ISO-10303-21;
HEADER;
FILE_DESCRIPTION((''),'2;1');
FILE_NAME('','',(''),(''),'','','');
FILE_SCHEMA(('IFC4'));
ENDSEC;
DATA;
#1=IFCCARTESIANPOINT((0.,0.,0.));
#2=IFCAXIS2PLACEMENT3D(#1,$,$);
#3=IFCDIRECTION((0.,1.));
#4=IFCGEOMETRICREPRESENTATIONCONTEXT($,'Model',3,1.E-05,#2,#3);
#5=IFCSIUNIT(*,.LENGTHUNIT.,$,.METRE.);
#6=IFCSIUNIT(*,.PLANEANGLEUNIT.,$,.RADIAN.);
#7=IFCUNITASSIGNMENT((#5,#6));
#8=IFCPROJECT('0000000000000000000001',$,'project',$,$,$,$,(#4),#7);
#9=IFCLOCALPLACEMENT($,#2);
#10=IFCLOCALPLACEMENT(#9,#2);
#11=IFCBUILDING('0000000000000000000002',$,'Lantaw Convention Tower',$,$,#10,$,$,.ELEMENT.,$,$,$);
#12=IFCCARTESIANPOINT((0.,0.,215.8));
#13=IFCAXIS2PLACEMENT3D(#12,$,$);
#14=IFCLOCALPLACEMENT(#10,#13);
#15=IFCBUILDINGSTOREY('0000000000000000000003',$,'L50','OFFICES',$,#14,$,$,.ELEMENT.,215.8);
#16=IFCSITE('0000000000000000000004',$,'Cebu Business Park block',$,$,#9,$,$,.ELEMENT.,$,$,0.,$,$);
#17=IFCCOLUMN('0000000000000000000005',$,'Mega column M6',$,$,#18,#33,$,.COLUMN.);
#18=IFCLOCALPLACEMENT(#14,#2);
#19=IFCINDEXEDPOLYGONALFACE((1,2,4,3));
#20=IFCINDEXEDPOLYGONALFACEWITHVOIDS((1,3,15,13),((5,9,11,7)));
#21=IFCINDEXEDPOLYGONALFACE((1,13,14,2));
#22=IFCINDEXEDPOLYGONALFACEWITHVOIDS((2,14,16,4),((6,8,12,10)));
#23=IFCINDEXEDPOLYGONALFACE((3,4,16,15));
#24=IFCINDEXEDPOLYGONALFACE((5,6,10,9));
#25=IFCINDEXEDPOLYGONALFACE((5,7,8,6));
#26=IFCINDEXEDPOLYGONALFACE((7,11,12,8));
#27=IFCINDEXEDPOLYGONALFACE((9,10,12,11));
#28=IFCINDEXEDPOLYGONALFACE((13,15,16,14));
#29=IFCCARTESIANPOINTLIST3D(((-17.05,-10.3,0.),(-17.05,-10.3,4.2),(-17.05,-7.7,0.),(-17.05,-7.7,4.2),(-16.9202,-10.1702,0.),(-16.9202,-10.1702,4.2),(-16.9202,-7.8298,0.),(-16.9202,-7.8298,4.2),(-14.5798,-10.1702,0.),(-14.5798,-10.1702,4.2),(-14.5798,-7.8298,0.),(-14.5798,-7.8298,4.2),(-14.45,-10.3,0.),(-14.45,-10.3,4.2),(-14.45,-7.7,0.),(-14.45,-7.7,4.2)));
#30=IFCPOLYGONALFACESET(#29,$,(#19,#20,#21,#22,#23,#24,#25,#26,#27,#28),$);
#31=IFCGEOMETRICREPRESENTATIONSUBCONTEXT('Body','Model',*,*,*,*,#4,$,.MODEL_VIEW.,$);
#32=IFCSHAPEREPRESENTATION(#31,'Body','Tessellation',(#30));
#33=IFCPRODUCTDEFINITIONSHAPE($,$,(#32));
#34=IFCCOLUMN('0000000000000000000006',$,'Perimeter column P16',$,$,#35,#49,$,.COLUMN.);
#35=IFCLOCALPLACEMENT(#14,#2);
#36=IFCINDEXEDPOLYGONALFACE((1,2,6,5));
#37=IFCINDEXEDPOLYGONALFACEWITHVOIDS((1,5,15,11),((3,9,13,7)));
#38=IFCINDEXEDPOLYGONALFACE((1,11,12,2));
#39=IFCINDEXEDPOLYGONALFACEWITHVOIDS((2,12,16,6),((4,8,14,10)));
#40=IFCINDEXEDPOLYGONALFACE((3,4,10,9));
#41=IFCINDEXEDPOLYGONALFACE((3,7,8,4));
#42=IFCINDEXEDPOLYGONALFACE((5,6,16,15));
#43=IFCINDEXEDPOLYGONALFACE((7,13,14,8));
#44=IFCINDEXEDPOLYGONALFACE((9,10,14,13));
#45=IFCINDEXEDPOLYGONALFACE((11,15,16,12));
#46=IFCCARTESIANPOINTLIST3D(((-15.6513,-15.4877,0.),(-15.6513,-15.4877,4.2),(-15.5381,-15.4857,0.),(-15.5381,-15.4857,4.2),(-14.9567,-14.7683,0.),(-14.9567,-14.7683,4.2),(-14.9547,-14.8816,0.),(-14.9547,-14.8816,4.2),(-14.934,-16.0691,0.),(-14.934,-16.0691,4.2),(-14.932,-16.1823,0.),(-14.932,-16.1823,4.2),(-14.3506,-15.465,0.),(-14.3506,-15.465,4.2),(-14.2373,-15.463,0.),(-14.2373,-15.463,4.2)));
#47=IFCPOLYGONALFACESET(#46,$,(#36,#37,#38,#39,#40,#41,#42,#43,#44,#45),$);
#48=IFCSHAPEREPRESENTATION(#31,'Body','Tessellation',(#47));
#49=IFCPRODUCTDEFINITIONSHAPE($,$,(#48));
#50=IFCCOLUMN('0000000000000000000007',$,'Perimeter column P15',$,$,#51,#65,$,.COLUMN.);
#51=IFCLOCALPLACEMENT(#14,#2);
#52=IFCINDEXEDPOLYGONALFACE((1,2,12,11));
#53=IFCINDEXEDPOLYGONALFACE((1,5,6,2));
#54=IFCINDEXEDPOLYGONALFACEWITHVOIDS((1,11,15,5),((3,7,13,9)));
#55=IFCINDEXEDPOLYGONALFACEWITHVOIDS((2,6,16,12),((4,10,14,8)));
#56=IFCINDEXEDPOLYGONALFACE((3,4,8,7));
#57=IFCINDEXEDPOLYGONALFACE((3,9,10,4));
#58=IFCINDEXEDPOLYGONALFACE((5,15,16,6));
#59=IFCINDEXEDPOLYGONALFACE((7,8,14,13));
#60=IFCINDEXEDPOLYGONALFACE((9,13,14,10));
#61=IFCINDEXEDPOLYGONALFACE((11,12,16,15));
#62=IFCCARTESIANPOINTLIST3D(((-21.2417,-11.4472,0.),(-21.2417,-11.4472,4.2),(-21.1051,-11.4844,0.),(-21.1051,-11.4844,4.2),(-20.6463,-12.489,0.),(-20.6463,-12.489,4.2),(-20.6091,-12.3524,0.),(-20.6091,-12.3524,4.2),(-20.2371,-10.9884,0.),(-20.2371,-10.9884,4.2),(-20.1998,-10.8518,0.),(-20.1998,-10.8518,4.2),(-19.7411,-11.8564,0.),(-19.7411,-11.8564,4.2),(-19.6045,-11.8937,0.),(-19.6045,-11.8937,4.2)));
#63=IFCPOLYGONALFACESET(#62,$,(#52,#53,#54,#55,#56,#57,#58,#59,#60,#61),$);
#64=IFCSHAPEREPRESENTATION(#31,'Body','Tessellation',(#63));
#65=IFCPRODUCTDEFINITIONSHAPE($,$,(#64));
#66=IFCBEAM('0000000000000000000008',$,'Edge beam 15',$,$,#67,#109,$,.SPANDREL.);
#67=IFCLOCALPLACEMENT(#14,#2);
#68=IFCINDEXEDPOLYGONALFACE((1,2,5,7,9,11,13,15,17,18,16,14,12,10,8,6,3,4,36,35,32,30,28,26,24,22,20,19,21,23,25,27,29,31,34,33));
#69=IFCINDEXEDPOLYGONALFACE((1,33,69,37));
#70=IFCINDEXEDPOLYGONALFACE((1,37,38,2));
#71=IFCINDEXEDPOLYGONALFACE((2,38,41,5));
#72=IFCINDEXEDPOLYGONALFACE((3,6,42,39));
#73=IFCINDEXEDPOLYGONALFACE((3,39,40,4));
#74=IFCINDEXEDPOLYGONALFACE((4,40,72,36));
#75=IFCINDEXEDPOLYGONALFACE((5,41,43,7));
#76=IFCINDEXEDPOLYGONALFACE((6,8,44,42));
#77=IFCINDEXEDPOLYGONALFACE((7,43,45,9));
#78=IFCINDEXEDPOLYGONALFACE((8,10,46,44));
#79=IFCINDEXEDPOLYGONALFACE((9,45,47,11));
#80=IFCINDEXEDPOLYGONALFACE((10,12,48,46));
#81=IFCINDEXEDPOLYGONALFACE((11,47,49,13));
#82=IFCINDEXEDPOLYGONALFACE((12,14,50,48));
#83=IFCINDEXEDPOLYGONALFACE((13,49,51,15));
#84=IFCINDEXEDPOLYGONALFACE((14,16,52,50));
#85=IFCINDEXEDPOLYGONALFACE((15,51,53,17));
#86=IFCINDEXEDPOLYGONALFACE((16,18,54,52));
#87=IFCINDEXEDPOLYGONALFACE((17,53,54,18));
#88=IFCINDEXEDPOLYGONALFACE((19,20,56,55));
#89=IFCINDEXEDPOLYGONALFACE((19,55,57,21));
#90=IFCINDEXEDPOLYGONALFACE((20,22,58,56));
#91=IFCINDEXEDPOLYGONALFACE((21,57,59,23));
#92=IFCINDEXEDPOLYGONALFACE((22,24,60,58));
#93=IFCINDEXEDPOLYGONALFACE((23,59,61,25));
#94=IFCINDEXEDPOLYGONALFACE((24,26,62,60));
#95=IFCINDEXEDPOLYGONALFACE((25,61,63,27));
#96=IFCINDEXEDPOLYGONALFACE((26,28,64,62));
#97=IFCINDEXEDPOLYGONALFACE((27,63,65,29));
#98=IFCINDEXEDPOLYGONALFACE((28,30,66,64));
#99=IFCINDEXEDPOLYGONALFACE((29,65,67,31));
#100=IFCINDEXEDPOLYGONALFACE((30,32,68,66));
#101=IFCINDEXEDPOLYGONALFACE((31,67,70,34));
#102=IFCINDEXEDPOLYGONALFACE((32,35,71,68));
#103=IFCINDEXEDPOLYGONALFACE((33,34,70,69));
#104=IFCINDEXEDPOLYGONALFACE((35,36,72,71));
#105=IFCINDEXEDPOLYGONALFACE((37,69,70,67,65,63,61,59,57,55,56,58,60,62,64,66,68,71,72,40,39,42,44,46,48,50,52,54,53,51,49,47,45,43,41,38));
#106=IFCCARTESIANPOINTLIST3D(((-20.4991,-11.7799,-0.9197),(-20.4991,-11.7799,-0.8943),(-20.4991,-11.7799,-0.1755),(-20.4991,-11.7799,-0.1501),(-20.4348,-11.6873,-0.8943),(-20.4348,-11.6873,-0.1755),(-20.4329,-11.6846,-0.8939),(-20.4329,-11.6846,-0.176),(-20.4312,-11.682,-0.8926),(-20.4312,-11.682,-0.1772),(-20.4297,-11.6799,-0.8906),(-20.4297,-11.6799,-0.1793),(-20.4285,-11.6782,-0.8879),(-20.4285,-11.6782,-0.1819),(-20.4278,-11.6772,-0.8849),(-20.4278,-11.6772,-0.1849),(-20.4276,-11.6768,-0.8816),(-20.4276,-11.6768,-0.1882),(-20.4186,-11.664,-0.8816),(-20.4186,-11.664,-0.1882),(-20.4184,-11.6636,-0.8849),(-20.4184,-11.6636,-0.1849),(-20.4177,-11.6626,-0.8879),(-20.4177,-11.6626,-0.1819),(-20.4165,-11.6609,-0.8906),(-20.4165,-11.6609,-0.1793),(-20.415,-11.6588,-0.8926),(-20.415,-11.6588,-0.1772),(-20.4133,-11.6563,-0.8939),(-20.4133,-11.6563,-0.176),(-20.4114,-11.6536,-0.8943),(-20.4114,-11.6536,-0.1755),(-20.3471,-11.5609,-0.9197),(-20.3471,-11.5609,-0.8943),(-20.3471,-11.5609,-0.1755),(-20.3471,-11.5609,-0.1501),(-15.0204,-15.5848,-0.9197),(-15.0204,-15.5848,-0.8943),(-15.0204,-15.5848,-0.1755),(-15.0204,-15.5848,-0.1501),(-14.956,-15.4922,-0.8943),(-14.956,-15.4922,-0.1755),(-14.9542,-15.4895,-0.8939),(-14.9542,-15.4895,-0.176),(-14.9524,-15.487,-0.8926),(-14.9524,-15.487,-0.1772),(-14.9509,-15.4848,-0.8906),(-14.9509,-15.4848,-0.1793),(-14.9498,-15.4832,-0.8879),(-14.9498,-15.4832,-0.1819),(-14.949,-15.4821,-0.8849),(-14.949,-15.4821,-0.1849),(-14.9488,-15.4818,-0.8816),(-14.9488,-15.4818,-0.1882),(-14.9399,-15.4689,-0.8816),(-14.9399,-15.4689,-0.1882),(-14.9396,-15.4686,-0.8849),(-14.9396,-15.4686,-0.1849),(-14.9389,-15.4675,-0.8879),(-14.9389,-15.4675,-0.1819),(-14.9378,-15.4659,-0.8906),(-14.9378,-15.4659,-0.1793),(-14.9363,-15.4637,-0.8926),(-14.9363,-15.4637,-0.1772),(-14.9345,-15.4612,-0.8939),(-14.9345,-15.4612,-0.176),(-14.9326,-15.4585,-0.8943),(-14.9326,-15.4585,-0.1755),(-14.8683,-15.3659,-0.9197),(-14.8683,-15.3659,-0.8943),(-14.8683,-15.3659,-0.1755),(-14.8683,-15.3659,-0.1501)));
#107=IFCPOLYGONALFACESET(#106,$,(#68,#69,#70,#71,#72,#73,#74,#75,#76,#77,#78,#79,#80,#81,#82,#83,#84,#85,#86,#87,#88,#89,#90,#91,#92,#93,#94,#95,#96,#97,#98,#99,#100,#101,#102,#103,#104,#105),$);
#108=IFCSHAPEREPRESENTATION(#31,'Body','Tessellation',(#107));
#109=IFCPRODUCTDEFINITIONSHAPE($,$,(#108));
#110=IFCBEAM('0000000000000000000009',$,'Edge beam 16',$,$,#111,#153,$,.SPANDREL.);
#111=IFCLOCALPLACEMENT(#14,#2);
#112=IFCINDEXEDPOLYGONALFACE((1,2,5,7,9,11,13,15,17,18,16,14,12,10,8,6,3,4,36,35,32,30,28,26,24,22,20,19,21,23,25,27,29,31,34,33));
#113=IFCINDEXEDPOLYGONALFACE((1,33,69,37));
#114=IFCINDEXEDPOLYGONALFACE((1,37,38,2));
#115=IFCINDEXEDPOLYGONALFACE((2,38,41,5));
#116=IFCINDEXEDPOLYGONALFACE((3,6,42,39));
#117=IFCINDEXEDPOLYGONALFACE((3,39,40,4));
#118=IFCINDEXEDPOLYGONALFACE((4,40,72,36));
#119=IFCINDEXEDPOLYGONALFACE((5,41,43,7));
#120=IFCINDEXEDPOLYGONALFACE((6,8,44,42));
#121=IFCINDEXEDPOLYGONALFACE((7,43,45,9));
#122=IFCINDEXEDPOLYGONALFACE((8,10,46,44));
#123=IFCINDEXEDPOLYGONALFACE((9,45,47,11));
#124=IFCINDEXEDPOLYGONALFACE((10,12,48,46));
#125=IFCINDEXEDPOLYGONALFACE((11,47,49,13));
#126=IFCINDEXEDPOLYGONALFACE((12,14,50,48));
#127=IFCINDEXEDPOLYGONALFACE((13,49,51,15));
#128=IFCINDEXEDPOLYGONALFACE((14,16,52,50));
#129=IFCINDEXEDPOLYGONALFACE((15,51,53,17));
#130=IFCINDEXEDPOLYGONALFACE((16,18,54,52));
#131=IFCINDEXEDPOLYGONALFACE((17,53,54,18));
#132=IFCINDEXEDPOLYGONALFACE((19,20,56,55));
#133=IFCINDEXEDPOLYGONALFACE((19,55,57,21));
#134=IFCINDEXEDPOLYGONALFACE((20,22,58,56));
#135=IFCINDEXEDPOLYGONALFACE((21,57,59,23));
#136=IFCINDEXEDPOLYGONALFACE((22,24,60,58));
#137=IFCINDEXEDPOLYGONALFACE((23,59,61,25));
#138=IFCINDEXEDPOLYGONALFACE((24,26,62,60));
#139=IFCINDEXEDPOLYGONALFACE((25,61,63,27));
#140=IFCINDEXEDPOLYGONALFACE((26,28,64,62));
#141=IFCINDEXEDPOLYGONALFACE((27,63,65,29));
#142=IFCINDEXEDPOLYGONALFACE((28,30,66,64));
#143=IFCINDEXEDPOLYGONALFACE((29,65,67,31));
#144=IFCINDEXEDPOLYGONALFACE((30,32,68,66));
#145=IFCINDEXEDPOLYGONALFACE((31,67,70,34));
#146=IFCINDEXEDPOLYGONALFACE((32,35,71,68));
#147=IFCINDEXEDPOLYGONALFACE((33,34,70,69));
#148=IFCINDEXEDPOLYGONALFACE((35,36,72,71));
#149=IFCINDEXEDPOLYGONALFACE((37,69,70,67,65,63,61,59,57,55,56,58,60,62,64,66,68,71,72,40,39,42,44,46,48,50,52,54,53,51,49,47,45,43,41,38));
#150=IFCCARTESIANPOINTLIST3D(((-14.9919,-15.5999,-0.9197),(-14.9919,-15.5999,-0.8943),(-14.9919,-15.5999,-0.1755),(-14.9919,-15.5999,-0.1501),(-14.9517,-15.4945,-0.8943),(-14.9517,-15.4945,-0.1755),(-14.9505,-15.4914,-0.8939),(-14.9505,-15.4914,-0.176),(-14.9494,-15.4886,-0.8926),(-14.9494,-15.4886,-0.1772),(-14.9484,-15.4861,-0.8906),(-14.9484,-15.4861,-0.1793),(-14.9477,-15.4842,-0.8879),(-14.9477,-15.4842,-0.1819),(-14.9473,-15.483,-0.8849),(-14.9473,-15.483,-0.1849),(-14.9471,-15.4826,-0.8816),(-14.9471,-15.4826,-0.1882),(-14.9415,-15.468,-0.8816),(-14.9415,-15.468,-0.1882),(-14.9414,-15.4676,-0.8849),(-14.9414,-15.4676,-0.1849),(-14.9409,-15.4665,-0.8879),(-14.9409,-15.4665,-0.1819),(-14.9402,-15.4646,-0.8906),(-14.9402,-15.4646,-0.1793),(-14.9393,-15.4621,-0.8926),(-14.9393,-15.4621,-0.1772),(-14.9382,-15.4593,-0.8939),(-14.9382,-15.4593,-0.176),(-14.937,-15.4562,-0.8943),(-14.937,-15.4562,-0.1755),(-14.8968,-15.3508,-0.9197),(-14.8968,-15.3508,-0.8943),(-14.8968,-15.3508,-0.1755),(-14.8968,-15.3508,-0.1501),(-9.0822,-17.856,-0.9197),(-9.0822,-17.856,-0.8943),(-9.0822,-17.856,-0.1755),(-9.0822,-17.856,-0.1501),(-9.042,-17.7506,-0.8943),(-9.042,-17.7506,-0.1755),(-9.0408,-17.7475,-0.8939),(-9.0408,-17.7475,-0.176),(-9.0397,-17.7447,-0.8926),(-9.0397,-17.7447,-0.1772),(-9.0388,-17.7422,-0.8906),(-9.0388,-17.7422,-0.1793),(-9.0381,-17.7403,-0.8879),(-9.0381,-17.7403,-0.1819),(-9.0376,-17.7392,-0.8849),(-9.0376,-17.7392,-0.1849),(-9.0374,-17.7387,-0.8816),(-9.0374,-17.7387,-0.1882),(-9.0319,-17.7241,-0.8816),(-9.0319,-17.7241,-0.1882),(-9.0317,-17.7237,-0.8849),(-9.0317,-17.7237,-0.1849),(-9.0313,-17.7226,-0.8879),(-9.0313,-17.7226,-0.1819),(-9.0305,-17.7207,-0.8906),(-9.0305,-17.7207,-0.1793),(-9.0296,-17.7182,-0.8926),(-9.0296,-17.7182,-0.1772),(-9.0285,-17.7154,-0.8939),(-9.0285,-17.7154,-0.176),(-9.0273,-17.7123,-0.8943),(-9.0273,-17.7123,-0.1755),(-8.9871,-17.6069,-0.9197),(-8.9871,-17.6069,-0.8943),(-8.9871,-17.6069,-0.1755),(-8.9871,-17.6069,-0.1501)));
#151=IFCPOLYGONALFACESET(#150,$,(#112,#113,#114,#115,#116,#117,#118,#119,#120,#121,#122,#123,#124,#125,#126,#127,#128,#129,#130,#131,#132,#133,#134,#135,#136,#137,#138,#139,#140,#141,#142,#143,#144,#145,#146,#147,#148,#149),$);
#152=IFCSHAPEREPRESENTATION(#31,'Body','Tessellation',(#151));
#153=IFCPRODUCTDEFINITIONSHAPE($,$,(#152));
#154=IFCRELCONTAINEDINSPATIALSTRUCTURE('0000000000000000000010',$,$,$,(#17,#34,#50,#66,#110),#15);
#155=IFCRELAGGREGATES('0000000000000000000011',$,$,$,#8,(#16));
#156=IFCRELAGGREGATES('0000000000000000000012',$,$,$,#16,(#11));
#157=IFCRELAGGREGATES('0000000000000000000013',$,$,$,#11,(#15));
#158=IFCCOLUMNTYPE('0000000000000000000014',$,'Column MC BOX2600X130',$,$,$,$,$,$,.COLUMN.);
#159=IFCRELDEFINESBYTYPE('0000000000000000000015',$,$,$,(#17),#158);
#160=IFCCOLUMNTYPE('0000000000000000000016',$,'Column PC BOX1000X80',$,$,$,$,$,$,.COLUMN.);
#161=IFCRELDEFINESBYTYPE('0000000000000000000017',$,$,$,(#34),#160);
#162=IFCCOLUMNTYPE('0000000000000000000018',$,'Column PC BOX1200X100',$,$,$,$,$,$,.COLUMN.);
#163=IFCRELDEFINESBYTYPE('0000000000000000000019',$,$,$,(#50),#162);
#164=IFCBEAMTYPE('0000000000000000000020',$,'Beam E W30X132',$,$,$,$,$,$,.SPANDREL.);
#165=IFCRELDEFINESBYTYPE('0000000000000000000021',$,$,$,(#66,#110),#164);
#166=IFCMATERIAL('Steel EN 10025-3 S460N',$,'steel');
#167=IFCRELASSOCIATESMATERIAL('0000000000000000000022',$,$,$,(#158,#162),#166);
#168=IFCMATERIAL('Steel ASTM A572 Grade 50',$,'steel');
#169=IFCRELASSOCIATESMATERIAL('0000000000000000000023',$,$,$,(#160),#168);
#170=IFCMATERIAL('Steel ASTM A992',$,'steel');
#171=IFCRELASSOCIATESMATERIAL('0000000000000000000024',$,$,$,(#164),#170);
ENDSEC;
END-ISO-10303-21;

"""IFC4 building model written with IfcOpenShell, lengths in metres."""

from ifc_helpers import new_model, si_unit, direction, frame, origin, origin_2d, place, context, subcontext, project, spatial, rectangle, hollow_rectangle, i_section, extrude, material, material_profile, profile_set, type_object, element, save


model = new_model("IFC4")

# Units and contexts
model_context = context("Model", 3, precision=1e-05, world=origin(), true_north=direction((0.0, 1.0)))
body_context = subcontext(model_context, "Body", "Model", "MODEL_VIEW")
ifc_project = project(units=[si_unit("LENGTHUNIT", "METRE"), si_unit("PLANEANGLEUNIT", "RADIAN")], contexts=[model_context])

# Site, building, storey
site_placement = place(None, origin())
site = spatial("IfcSite", under=ifc_project, at=site_placement, Name="Cebu Business Park block", CompositionType="ELEMENT", RefElevation=0.0)
building_placement = place(site_placement, origin())
building = spatial("IfcBuilding", under=site, at=building_placement, Name="Lantaw Convention Tower", CompositionType="ELEMENT")
storey_placement = place(building_placement, frame((0.0, 0.0, 215.8)))
storey = spatial("IfcBuildingStorey", under=building, at=storey_placement, Name="L50", Description="OFFICES", CompositionType="ELEMENT", Elevation=215.8)

# Columns
ifc_material_1 = material(Name="Steel EN 10025-3 S460N", Category="steel")
ifc_material_profile_1 = material_profile(ifc_material_1, hollow_rectangle(XDim=2.6001, YDim=2.6001, WallThickness=0.1299, at=origin_2d()), Name="BOX2600X130")
ifc_material_2 = material(Name="Concrete C60/75", Category="concrete")
ifc_material_profile_2 = material_profile(ifc_material_2, rectangle(XDim=2.3401, YDim=2.3401, at=origin_2d()), Name="Concrete fill of BOX2600X130")
ifc_profile_set_1 = profile_set([ifc_material_profile_1, ifc_material_profile_2], Name="Steel EN 10025-3 S460N")
column_type_1 = type_object("IfcColumnType", Name="Column MC BOX2600X130", PredefinedType="COLUMN", material=ifc_profile_set_1)
column_1_placement = place(storey_placement, frame((-15.75, -9.0, 0.0), z_axis=(0.0, 0.0, 1.0), x_axis=(1.0, 0.0, 0.0)))
element("IfcColumn", 1, at=column_1_placement, inside=storey, type_object=column_type_1, Name="Mega column M6", PredefinedType="COLUMN", context=body_context, shape_type="SweptSolid", body=[
    extrude(hollow_rectangle(XDim=2.6001, YDim=2.6001, WallThickness=0.1299, at=origin_2d()), origin(), (0.0, 0.0, 1.0), 4.2),
])
ifc_material_3 = material(Name="Steel ASTM A572 Grade 50", Category="steel")
ifc_material_profile_3 = material_profile(ifc_material_3, hollow_rectangle(XDim=1.0, YDim=1.0, WallThickness=0.0801, at=origin_2d()), Name="BOX1000X80")
ifc_material_profile_4 = material_profile(ifc_material_2, rectangle(XDim=0.8401, YDim=0.8401, at=origin_2d()), Name="Concrete fill of BOX1000X80")
ifc_profile_set_2 = profile_set([ifc_material_profile_3, ifc_material_profile_4], Name="Steel ASTM A572 Grade 50")
column_type_2 = type_object("IfcColumnType", Name="Column PC BOX1000X80", PredefinedType="COLUMN", material=ifc_profile_set_2)
column_2_placement = place(storey_placement, frame((-14.9443, -15.4753, 0.0), z_axis=(0.0, 0.0, 1.0), x_axis=(0.694658, 0.71934, 0.0)))
element("IfcColumn", 2, at=column_2_placement, inside=storey, type_object=column_type_2, Name="Perimeter column P16", PredefinedType="COLUMN", context=body_context, shape_type="SweptSolid", body=[
    extrude(hollow_rectangle(XDim=1.0, YDim=1.0, WallThickness=0.0801, at=origin_2d()), origin(), (0.0, 0.0, 1.0), 4.2),
])
ifc_material_profile_5 = material_profile(ifc_material_1, hollow_rectangle(XDim=1.2, YDim=1.2, WallThickness=0.1001, at=origin_2d()), Name="BOX1200X100")
ifc_material_profile_6 = material_profile(ifc_material_2, rectangle(XDim=1.0, YDim=1.0, at=origin_2d()), Name="Concrete fill of BOX1200X100")
ifc_profile_set_3 = profile_set([ifc_material_profile_5, ifc_material_profile_6], Name="Steel EN 10025-3 S460N")
column_type_3 = type_object("IfcColumnType", Name="Column PC BOX1200X100", PredefinedType="COLUMN", material=ifc_profile_set_3)
column_3_placement = place(storey_placement, frame((-20.4231, -11.6704, 0.0), z_axis=(0.0, 0.0, 1.0), x_axis=(0.868243, 0.496139, 0.0)))
element("IfcColumn", 3, at=column_3_placement, inside=storey, type_object=column_type_3, Name="Perimeter column P15", PredefinedType="COLUMN", context=body_context, shape_type="SweptSolid", body=[
    extrude(hollow_rectangle(XDim=1.2, YDim=1.2, WallThickness=0.1001, at=origin_2d()), origin(), (0.0, 0.0, 1.0), 4.2),
])

# Beams
ifc_material_4 = material(Name="Steel ASTM A992", Category="steel")
ifc_material_profile_7 = material_profile(ifc_material_4, i_section(OverallWidth=0.2666, OverallDepth=0.7695, WebThickness=0.0156, FlangeThickness=0.0254, FilletRadius=0.0127, at=origin_2d()), Name="W30X132")
ifc_profile_set_4 = profile_set([ifc_material_profile_7], Name="Steel ASTM A992")
beam_type_1 = type_object("IfcBeamType", Name="Beam E W30X132", PredefinedType="SPANDREL", material=ifc_profile_set_4)
beam_1_placement = place(storey_placement, frame((-20.4231, -11.6704, -0.5349), z_axis=(0.821353, -0.57042, 0.0), x_axis=(0.57042, 0.821353, 0.0)))
element("IfcBeam", 4, at=beam_1_placement, inside=storey, type_object=beam_type_1, Name="Edge beam 15", PredefinedType="SPANDREL", context=body_context, shape_type="SweptSolid", body=[
    extrude(i_section(OverallWidth=0.2666, OverallDepth=0.7695, WebThickness=0.0156, FlangeThickness=0.0254, FilletRadius=0.0127, at=origin_2d()), origin(), (0.0, 0.0, 1.0), 6.6704),
])
beam_2_placement = place(storey_placement, frame((-14.9443, -15.4753, -0.5349), z_axis=(0.934235, -0.356658, 0.0), x_axis=(0.356658, 0.934235, 0.0)))
element("IfcBeam", 5, at=beam_2_placement, inside=storey, type_object=beam_type_1, Name="Edge beam 16", PredefinedType="SPANDREL", context=body_context, shape_type="SweptSolid", body=[
    extrude(i_section(OverallWidth=0.2666, OverallDepth=0.7695, WebThickness=0.0156, FlangeThickness=0.0254, FilletRadius=0.0127, at=origin_2d()), origin(), (0.0, 0.0, 1.0), 6.3257),
])

save(model, "model.ifc")
